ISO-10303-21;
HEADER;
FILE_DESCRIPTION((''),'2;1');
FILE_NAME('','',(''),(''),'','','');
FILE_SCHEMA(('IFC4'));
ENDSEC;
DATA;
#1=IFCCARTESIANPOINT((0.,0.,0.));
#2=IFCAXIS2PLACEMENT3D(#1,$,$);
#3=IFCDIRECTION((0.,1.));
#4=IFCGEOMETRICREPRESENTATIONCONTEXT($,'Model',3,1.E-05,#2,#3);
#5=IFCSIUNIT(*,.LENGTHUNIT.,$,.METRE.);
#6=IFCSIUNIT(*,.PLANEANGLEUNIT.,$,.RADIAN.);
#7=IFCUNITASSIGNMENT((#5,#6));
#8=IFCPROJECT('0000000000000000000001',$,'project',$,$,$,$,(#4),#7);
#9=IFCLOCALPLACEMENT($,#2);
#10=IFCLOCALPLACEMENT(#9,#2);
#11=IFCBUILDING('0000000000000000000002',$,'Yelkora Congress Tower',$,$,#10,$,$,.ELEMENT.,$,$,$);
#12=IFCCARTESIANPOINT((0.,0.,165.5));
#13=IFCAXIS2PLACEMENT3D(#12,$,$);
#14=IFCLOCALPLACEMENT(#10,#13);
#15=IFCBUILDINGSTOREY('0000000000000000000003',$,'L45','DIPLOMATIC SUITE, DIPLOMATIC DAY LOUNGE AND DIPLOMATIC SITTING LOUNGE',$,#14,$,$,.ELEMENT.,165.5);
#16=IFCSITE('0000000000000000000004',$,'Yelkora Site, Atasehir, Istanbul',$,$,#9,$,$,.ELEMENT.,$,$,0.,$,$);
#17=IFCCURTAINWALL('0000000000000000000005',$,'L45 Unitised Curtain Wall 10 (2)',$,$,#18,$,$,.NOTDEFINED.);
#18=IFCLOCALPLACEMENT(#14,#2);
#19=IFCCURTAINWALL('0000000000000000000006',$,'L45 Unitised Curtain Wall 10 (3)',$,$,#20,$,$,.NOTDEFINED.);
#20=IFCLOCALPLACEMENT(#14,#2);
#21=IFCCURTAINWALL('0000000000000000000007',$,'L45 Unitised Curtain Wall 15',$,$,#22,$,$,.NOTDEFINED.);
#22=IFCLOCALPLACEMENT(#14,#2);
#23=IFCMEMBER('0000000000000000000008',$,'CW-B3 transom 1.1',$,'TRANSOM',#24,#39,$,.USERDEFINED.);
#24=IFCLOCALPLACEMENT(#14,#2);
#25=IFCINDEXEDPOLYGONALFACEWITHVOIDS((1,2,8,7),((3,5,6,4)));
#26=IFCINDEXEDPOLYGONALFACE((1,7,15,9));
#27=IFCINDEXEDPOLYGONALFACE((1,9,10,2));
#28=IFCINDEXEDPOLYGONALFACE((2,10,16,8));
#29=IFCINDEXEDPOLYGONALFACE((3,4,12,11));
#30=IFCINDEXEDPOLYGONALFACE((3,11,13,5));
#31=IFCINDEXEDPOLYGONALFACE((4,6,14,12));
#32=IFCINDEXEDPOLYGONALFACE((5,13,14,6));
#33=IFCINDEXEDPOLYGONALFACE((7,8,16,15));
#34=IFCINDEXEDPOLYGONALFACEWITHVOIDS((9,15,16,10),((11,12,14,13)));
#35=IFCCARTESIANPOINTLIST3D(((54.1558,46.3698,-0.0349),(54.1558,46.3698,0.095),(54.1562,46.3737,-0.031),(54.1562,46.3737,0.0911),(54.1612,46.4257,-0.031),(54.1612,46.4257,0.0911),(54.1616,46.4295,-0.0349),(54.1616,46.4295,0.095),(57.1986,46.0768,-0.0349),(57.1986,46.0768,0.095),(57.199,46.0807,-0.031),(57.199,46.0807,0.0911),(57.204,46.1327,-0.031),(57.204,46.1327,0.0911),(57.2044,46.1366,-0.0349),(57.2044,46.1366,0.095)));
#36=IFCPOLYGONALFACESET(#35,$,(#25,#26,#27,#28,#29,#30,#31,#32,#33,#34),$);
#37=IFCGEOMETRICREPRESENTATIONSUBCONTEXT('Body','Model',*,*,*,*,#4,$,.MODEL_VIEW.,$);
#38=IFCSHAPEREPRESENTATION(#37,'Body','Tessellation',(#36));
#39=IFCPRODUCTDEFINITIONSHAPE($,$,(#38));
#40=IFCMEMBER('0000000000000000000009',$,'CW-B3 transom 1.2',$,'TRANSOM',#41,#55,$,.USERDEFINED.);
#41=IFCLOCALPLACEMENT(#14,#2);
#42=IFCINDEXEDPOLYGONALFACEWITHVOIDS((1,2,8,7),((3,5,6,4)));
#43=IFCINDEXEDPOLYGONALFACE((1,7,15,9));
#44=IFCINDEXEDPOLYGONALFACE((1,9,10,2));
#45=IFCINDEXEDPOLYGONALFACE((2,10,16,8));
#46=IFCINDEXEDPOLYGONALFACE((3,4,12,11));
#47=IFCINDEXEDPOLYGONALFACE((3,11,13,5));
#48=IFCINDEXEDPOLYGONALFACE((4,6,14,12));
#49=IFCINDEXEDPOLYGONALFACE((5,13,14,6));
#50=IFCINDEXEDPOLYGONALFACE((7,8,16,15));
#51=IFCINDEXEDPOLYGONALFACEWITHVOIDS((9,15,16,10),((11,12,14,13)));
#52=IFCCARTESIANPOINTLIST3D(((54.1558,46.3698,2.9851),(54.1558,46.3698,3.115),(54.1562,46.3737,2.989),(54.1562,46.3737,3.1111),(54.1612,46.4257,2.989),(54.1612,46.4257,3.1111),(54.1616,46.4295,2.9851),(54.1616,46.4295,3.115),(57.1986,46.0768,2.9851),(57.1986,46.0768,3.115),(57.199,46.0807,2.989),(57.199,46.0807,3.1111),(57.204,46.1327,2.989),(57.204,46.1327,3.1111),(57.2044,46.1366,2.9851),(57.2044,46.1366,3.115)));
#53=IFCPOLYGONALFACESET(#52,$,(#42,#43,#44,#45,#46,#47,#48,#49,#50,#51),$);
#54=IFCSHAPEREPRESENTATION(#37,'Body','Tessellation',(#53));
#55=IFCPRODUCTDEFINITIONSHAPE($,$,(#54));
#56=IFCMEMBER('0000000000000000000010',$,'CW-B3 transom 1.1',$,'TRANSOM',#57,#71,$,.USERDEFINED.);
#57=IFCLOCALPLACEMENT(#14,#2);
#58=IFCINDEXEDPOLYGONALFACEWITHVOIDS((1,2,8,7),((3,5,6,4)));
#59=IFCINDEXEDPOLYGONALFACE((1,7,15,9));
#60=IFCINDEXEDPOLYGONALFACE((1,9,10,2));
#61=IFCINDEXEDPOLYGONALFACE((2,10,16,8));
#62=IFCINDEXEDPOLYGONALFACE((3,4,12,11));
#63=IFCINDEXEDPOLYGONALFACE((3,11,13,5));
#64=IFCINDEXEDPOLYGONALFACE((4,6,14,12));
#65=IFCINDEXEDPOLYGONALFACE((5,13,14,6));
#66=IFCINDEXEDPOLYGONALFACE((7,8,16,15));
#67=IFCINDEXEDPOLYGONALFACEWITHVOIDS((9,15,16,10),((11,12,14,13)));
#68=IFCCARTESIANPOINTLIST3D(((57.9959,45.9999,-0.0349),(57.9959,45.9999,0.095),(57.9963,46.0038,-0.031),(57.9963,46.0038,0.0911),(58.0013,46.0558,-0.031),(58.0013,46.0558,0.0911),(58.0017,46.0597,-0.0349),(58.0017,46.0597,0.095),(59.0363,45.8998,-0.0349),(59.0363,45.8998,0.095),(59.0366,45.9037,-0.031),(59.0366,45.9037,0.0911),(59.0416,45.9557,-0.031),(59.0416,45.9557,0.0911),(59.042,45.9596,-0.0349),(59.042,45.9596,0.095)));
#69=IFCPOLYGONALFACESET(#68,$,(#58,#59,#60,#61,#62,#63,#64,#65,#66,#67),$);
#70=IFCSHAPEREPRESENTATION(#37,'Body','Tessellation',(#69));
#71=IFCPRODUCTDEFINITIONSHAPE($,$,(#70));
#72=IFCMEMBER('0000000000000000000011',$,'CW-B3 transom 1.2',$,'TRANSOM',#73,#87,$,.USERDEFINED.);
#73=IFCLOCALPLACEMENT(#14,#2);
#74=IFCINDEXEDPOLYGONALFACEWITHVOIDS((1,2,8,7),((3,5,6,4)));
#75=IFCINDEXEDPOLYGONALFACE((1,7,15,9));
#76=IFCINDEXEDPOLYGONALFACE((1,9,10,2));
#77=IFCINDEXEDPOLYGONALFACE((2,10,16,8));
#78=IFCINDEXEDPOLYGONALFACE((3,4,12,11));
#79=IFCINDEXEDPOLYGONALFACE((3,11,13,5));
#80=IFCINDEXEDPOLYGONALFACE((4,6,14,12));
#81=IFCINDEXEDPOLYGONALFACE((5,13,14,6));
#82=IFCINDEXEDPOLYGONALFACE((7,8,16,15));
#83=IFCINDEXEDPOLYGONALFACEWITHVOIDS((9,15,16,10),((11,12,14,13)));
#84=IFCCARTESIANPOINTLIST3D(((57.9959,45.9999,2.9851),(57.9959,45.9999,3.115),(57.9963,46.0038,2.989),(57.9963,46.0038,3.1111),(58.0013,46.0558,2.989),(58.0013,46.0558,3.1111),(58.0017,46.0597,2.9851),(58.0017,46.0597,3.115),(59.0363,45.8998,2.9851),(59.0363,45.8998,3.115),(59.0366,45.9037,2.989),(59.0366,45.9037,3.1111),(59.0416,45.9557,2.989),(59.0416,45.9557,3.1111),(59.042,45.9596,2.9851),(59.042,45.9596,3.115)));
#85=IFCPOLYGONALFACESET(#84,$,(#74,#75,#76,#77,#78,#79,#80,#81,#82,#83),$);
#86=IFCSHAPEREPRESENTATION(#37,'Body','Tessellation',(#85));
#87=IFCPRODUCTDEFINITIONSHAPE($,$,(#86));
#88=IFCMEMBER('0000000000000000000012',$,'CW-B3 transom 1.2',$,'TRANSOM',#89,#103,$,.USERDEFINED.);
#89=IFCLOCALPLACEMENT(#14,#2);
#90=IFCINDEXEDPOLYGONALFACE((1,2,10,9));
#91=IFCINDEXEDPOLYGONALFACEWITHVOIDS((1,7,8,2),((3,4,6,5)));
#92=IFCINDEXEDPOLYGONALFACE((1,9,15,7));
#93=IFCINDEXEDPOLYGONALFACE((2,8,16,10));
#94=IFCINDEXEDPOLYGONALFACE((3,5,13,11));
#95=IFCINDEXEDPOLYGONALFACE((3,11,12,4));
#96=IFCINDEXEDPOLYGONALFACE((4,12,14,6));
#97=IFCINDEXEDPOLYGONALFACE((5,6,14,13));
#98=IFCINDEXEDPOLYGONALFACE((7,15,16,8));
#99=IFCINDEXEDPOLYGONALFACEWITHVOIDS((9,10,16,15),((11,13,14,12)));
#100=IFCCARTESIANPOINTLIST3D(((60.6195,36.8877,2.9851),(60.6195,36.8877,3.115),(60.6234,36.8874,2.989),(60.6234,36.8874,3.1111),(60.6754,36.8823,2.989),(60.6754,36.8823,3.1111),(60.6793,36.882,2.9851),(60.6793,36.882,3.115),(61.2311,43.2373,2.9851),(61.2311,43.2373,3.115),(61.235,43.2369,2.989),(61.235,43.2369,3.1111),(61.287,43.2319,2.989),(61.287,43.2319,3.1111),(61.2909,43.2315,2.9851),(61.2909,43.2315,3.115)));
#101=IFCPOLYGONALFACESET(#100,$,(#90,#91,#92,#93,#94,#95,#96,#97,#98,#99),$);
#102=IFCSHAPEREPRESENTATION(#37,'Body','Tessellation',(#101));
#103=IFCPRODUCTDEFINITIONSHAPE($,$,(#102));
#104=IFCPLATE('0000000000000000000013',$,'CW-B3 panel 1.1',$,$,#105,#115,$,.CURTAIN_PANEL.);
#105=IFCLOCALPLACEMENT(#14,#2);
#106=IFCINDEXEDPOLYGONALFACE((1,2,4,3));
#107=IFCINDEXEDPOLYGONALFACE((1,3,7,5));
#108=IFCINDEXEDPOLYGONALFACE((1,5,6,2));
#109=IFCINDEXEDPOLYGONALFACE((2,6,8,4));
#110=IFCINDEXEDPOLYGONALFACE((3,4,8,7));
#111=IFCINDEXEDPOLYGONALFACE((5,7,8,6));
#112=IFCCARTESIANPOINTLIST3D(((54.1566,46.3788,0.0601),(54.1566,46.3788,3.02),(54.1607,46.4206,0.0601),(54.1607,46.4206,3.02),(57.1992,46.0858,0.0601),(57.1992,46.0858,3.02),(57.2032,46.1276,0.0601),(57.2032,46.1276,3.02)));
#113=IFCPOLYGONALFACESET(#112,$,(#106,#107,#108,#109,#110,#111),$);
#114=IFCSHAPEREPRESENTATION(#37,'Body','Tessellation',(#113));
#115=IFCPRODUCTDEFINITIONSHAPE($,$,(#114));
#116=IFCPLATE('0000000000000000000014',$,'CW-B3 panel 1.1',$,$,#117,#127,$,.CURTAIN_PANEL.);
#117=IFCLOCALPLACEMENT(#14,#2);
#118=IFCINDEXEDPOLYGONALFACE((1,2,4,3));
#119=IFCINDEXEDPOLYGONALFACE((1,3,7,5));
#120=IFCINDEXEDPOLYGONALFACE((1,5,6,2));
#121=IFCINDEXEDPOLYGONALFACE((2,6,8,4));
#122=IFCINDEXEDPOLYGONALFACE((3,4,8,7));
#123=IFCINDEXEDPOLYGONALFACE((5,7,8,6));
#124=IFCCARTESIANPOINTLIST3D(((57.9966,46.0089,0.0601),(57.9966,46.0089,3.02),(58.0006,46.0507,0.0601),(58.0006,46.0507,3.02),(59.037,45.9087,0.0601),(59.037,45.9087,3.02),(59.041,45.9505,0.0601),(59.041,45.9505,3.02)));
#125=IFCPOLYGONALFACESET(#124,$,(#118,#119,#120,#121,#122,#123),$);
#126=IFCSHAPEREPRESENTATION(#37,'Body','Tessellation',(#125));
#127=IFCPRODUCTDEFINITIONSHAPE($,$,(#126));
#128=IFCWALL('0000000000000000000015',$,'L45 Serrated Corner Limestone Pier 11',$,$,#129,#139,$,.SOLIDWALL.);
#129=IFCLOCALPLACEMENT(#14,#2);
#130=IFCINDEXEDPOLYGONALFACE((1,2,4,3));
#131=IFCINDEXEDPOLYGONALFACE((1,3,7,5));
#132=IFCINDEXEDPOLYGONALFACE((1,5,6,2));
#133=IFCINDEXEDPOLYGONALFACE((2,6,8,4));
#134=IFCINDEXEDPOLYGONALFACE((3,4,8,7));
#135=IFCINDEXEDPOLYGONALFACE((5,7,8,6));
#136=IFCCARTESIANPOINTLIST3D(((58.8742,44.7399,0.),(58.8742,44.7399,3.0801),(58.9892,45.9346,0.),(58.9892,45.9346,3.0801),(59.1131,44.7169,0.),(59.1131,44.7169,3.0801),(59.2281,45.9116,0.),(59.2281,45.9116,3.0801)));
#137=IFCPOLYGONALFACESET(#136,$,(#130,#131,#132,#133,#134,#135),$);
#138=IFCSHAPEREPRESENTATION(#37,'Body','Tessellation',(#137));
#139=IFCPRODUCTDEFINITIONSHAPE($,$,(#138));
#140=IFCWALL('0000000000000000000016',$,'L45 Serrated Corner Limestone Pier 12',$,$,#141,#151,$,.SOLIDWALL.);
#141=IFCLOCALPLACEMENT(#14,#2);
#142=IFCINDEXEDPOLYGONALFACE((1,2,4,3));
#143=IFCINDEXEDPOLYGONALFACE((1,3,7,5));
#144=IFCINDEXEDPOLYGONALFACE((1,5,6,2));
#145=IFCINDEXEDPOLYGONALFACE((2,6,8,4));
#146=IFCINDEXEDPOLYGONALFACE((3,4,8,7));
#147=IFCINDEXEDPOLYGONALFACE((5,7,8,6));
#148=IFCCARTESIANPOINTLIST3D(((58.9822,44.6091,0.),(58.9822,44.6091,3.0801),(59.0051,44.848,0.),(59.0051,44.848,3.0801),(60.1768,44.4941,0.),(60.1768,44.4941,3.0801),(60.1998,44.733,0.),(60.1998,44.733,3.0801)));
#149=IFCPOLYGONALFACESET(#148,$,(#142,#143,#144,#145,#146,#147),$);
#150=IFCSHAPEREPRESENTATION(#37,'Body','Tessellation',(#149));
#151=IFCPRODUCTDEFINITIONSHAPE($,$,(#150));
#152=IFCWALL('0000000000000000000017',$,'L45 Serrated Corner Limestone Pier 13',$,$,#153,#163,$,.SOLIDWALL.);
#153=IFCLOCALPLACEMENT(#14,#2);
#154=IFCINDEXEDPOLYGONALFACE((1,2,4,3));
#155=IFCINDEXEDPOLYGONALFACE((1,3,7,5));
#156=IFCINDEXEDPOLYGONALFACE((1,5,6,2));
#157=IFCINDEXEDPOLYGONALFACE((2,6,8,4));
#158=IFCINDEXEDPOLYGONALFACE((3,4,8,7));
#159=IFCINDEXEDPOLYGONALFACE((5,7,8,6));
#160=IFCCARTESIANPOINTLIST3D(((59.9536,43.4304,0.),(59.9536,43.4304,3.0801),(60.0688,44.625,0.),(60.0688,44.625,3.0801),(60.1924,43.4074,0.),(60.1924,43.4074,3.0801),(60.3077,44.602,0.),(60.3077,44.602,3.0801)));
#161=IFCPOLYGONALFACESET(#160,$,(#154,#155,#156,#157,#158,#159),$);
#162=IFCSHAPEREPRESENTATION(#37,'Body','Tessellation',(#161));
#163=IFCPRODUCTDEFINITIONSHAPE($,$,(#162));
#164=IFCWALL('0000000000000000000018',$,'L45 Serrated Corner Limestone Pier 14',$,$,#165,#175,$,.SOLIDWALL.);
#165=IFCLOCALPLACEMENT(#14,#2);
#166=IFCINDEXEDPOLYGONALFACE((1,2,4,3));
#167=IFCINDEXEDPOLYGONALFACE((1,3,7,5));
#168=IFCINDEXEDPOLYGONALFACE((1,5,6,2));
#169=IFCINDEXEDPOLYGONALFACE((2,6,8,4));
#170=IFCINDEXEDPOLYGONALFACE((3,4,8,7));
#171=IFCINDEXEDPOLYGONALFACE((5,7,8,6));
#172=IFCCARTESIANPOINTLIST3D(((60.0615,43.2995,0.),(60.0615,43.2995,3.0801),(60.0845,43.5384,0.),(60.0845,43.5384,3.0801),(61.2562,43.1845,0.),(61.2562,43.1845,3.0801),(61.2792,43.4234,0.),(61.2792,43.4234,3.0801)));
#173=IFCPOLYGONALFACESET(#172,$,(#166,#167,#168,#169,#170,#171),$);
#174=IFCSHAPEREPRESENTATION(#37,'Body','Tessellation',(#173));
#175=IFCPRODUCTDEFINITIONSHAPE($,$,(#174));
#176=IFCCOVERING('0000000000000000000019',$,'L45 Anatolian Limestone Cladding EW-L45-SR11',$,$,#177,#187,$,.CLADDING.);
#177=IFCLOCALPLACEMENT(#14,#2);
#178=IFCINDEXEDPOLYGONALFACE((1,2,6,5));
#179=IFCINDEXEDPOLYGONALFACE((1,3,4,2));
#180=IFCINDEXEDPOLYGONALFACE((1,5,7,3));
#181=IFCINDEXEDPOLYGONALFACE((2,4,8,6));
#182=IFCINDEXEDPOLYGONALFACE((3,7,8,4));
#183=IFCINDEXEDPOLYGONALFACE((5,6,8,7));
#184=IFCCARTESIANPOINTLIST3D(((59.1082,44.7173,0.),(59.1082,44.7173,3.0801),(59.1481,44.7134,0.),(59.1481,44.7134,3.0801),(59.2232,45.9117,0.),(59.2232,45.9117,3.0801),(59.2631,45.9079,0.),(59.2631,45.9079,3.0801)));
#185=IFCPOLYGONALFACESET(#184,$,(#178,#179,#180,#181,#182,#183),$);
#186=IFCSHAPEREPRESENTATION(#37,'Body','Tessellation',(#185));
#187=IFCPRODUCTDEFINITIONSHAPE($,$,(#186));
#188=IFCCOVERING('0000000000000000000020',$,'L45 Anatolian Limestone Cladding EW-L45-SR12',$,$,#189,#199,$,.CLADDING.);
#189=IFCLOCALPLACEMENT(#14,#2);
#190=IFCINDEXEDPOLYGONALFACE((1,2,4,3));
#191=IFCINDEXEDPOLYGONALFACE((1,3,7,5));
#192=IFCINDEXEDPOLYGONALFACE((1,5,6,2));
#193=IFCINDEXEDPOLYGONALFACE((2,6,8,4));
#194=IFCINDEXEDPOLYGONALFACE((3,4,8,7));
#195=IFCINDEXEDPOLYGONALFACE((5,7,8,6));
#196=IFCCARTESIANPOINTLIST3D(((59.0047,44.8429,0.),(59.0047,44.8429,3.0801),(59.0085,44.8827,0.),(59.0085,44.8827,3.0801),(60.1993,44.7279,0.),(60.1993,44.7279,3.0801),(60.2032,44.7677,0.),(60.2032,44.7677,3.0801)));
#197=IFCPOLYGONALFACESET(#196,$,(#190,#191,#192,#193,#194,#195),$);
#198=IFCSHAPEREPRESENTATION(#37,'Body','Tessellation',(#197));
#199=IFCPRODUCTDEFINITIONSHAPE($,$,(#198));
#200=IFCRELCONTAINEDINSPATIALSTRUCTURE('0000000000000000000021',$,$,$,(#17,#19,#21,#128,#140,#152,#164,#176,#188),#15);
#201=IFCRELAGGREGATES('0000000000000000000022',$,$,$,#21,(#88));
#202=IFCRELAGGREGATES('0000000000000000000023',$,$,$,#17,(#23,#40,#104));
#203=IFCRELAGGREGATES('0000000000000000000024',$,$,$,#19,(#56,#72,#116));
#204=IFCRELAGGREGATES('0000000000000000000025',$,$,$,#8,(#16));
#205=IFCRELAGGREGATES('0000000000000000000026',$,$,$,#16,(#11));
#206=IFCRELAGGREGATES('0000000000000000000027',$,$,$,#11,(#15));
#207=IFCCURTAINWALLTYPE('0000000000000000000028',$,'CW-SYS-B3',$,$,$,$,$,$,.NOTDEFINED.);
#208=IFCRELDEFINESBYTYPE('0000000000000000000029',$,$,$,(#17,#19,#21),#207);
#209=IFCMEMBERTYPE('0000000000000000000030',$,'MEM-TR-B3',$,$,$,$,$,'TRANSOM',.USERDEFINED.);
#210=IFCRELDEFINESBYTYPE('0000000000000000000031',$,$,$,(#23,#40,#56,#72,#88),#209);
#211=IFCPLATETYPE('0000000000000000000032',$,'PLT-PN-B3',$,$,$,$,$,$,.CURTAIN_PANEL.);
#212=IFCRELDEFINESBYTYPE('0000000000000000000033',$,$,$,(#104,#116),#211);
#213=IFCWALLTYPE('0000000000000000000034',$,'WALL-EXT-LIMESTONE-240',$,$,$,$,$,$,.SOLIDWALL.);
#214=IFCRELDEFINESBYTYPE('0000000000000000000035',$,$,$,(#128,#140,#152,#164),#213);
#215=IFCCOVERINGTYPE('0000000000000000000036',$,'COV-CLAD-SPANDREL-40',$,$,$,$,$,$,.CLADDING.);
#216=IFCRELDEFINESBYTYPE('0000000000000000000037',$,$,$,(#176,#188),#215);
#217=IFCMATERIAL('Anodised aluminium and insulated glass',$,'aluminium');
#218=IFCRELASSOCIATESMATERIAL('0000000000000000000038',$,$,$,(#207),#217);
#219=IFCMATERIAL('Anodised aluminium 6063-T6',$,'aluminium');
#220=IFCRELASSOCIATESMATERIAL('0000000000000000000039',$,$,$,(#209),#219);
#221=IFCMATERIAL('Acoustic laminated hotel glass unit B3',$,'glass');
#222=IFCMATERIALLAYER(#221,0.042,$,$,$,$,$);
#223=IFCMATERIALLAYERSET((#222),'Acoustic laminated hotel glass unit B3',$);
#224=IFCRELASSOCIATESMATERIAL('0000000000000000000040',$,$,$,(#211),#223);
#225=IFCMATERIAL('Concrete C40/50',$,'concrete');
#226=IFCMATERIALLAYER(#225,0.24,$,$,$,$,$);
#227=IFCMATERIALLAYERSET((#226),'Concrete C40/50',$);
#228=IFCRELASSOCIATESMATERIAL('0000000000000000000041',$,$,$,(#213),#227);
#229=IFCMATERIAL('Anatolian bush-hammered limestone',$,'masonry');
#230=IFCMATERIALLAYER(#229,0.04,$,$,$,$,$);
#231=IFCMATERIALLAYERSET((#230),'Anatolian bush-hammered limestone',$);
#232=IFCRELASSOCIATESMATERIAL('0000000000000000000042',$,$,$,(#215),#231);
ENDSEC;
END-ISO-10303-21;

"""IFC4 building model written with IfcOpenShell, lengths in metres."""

from ifc_helpers import new_model, si_unit, direction, frame, frame_2d, origin, origin_2d, place, context, subcontext, project, spatial, rectangle, hollow_rectangle, extrude, material, layer, layer_set, material_profile, profile_set, type_object, element, aggregate, save


model = new_model("IFC4")

# Units and contexts
model_context = context("Model", 3, precision=1e-05, world=origin(), true_north=direction((0.0, 1.0)))
body_context = subcontext(model_context, "Body", "Model", "MODEL_VIEW")
ifc_project = project(units=[si_unit("LENGTHUNIT", "METRE"), si_unit("PLANEANGLEUNIT", "RADIAN")], contexts=[model_context])

# Site, building, storey
site_placement = place(None, origin())
site = spatial("IfcSite", under=ifc_project, at=site_placement, Name="Yelkora Site, Atasehir, Istanbul", CompositionType="ELEMENT", RefElevation=0.0)
building_placement = place(site_placement, origin())
building = spatial("IfcBuilding", under=site, at=building_placement, Name="Yelkora Congress Tower", CompositionType="ELEMENT")
storey_placement = place(building_placement, frame((0.0, 0.0, 165.5)))
storey = spatial("IfcBuildingStorey", under=building, at=storey_placement, Name="L45", Description="DIPLOMATIC SUITE, DIPLOMATIC DAY LOUNGE AND DIPLOMATIC SITTING LOUNGE", CompositionType="ELEMENT", Elevation=165.5)

# Shared definitions
ifc_material_1 = material(Name="Anodised aluminium and insulated glass", Category="aluminium")
curtain_wall_type = type_object("IfcCurtainWallType", Name="CW-SYS-B3", PredefinedType="NOTDEFINED", material=ifc_material_1)
ifc_material_2 = material(Name="Anodised aluminium 6063-T6", Category="aluminium")

# Curtain walls
curtain_wall_1_placement = place(storey_placement, origin())
curtain_wall_1 = element("IfcCurtainWall", 1, at=curtain_wall_1_placement, inside=storey, type_object=curtain_wall_type, Name="L45 Unitised Curtain Wall 10 (2)", PredefinedType="NOTDEFINED")
curtain_wall_2_placement = place(storey_placement, origin())
curtain_wall_2 = element("IfcCurtainWall", 2, at=curtain_wall_2_placement, inside=storey, type_object=curtain_wall_type, Name="L45 Unitised Curtain Wall 10 (3)", PredefinedType="NOTDEFINED")

# Curtain wall
curtain_wall_3_placement = place(storey_placement, origin())
curtain_wall_3 = element("IfcCurtainWall", 3, at=curtain_wall_3_placement, inside=storey, type_object=curtain_wall_type, Name="L45 Unitised Curtain Wall 15", PredefinedType="NOTDEFINED")

# Members
ifc_material_profile_1 = material_profile(ifc_material_2, hollow_rectangle(XDim=0.0601, YDim=0.1299, WallThickness=0.0039, at=origin_2d()), Name="ALU 60x130x4")
ifc_profile_set_1 = profile_set([ifc_material_profile_1], Name="Anodised aluminium 6063-T6")
member_type_1 = type_object("IfcMemberType", Name="MEM-TR-B3", ElementType="TRANSOM", PredefinedType="USERDEFINED", material=ifc_profile_set_1)
member_1_placement = place(storey_placement, frame((54.1587, 46.3997, 0.03), z_axis=(0.995397, -0.095842, 0.0), x_axis=(0.095842, 0.995397, 0.0)))
member_1 = element("IfcMember", 4, at=member_1_placement, type_object=member_type_1, Name="CW-B3 transom 1.1", ObjectType="TRANSOM", PredefinedType="USERDEFINED", context=body_context, shape_type="SweptSolid", body=[
    extrude(hollow_rectangle(XDim=0.0601, YDim=0.1299, WallThickness=0.0039, at=origin_2d()), origin(), (0.0, 0.0, 1.0), 3.0569),
])
member_2_placement = place(storey_placement, frame((54.1587, 46.3997, 3.05), z_axis=(0.995397, -0.095842, 0.0), x_axis=(0.095842, 0.995397, 0.0)))
member_2 = element("IfcMember", 5, at=member_2_placement, type_object=member_type_1, Name="CW-B3 transom 1.2", ObjectType="TRANSOM", PredefinedType="USERDEFINED", context=body_context, shape_type="SweptSolid", body=[
    extrude(hollow_rectangle(XDim=0.0601, YDim=0.1299, WallThickness=0.0039, at=origin_2d()), origin(), (0.0, 0.0, 1.0), 3.0569),
])
member_3_placement = place(storey_placement, frame((57.9988, 46.0298, 0.03), z_axis=(0.995403, -0.095779, 0.0), x_axis=(0.095779, 0.995403, 0.0)))
member_3 = element("IfcMember", 6, at=member_3_placement, type_object=member_type_1, Name="CW-B3 transom 1.1", ObjectType="TRANSOM", PredefinedType="USERDEFINED", context=body_context, shape_type="SweptSolid", body=[
    extrude(hollow_rectangle(XDim=0.0601, YDim=0.1299, WallThickness=0.0039, at=origin_2d()), origin(), (0.0, 0.0, 1.0), 1.0452),
])
member_4_placement = place(storey_placement, frame((57.9988, 46.0298, 3.05), z_axis=(0.995403, -0.095779, 0.0), x_axis=(0.095779, 0.995403, 0.0)))
member_4 = element("IfcMember", 7, at=member_4_placement, type_object=member_type_1, Name="CW-B3 transom 1.2", ObjectType="TRANSOM", PredefinedType="USERDEFINED", context=body_context, shape_type="SweptSolid", body=[
    extrude(hollow_rectangle(XDim=0.0601, YDim=0.1299, WallThickness=0.0039, at=origin_2d()), origin(), (0.0, 0.0, 1.0), 1.0452),
])
member_5_placement = place(storey_placement, frame((61.261, 43.2344, 3.05), z_axis=(-0.095873, -0.995394, 0.0), x_axis=(0.995394, -0.095873, 0.0)))
member_5 = element("IfcMember", 8, at=member_5_placement, type_object=member_type_1, Name="CW-B3 transom 1.2", ObjectType="TRANSOM", PredefinedType="USERDEFINED", context=body_context, shape_type="SweptSolid", body=[
    extrude(hollow_rectangle(XDim=0.0601, YDim=0.1299, WallThickness=0.0039, at=origin_2d()), origin(), (0.0, 0.0, 1.0), 6.3789),
])
aggregate(curtain_wall_3, [member_5])

# Plates
ifc_material_3 = material(Name="Acoustic laminated hotel glass unit B3", Category="glass")
ifc_layer_1 = layer(ifc_material_3, 0.042)
ifc_layer_set_1 = layer_set([ifc_layer_1], Name="Acoustic laminated hotel glass unit B3")
plate_type = type_object("IfcPlateType", Name="PLT-PN-B3", PredefinedType="CURTAIN_PANEL", material=ifc_layer_set_1)
plate_1_placement = place(storey_placement, frame((55.6799, 46.2532, 0.0601), z_axis=(0.0, 0.0, 1.0), x_axis=(0.995396, -0.095848, 0.0)))
plate_1 = element("IfcPlate", 9, at=plate_1_placement, type_object=plate_type, Name="CW-B3 panel 1.1", PredefinedType="CURTAIN_PANEL", context=body_context, shape_type="SweptSolid", body=[
    extrude(rectangle(XDim=3.0566, YDim=0.042, at=origin_2d()), origin(), (0.0, 0.0, 1.0), 2.96),
])
aggregate(curtain_wall_1, [member_1, member_2, plate_1])
plate_2_placement = place(storey_placement, frame((58.5188, 45.9797, 0.0601), z_axis=(0.0, 0.0, 1.0), x_axis=(0.995396, -0.095852, 0.0)))
plate_2 = element("IfcPlate", 10, at=plate_2_placement, type_object=plate_type, Name="CW-B3 panel 1.1", PredefinedType="CURTAIN_PANEL", context=body_context, shape_type="SweptSolid", body=[
    extrude(rectangle(XDim=1.0452, YDim=0.042, at=origin_2d()), origin(), (0.0, 0.0, 1.0), 2.96),
])
aggregate(curtain_wall_2, [member_3, member_4, plate_2])

# Walls
ifc_material_4 = material(Name="Concrete C40/50", Category="concrete")
ifc_layer_2 = layer(ifc_material_4, 0.24)
ifc_layer_set_2 = layer_set([ifc_layer_2], Name="Concrete C40/50")
wall_type = type_object("IfcWallType", Name="WALL-EXT-LIMESTONE-240", PredefinedType="SOLIDWALL", material=ifc_layer_set_2)
for number, where, z_axis, x_axis, name in (
    (11, (59.1086, 45.9231, 0.0), (0.0, 0.0, 1.0), (-0.095817, -0.995399, 0.0), "L45 Serrated Corner Limestone Pier 11"),
    (12, (58.9937, 44.7285, 0.0), (0.0, 0.0, 1.0), (0.995399, -0.095817, 0.0), "L45 Serrated Corner Limestone Pier 12"),
    (13, (60.1882, 44.6135, 0.0), (0.0, 0.0, 1.0), (-0.096019, -0.99538, 0.0), "L45 Serrated Corner Limestone Pier 13"),
    (14, (60.073, 43.4189, 0.0), (0.0, 0.0, 1.0), (0.995399, -0.095817, 0.0), "L45 Serrated Corner Limestone Pier 14"),
):
    element("IfcWall", number, at=place(storey_placement, frame(where, z_axis=z_axis, x_axis=x_axis)), inside=storey, type_object=wall_type, Name=name, PredefinedType="SOLIDWALL", context=body_context, shape_type="SweptSolid", body=[
        extrude(rectangle(XDim=1.2002, YDim=0.24, at=frame_2d((0.6001, 0.0))), origin(), (0.0, 0.0, 1.0), 3.0801),
    ])

# Coverings
ifc_material_5 = material(Name="Anatolian bush-hammered limestone", Category="masonry")
ifc_layer_3 = layer(ifc_material_5, 0.04)
ifc_layer_set_3 = layer_set([ifc_layer_3], Name="Anatolian bush-hammered limestone")
covering_type = type_object("IfcCoveringType", Name="COV-CLAD-SPANDREL-40", PredefinedType="CLADDING", material=ifc_layer_set_3)
covering_1_placement = place(storey_placement, frame((59.2432, 45.9099, 0.0), z_axis=(0.0, 0.0, 1.0), x_axis=(-0.095836, -0.995397, 0.0)))
element("IfcCovering", 15, at=covering_1_placement, inside=storey, type_object=covering_type, Name="L45 Anatolian Limestone Cladding EW-L45-SR11", PredefinedType="CLADDING", context=body_context, shape_type="SweptSolid", body=[
    extrude(rectangle(XDim=1.2, YDim=0.04, at=frame_2d((0.6001, 0.0))), origin(), (0.0, 0.0, 1.0), 3.0801),
])
for number, where, z_axis, x_axis, name in (
    (16, (59.0066, 44.8628, 0.0), (0.0, 0.0, 1.0), (0.995399, -0.095817, 0.0), "L45 Anatolian Limestone Cladding EW-L45-SR12"),
):
    element("IfcCovering", number, at=place(storey_placement, frame(where, z_axis=z_axis, x_axis=x_axis)), inside=storey, type_object=covering_type, Name=name, PredefinedType="CLADDING", context=body_context, shape_type="SweptSolid", body=[
        extrude(rectangle(XDim=1.2002, YDim=0.04, at=frame_2d((0.6001, 0.0))), origin(), (0.0, 0.0, 1.0), 3.0801),
    ])

save(model, "model.ifc")
